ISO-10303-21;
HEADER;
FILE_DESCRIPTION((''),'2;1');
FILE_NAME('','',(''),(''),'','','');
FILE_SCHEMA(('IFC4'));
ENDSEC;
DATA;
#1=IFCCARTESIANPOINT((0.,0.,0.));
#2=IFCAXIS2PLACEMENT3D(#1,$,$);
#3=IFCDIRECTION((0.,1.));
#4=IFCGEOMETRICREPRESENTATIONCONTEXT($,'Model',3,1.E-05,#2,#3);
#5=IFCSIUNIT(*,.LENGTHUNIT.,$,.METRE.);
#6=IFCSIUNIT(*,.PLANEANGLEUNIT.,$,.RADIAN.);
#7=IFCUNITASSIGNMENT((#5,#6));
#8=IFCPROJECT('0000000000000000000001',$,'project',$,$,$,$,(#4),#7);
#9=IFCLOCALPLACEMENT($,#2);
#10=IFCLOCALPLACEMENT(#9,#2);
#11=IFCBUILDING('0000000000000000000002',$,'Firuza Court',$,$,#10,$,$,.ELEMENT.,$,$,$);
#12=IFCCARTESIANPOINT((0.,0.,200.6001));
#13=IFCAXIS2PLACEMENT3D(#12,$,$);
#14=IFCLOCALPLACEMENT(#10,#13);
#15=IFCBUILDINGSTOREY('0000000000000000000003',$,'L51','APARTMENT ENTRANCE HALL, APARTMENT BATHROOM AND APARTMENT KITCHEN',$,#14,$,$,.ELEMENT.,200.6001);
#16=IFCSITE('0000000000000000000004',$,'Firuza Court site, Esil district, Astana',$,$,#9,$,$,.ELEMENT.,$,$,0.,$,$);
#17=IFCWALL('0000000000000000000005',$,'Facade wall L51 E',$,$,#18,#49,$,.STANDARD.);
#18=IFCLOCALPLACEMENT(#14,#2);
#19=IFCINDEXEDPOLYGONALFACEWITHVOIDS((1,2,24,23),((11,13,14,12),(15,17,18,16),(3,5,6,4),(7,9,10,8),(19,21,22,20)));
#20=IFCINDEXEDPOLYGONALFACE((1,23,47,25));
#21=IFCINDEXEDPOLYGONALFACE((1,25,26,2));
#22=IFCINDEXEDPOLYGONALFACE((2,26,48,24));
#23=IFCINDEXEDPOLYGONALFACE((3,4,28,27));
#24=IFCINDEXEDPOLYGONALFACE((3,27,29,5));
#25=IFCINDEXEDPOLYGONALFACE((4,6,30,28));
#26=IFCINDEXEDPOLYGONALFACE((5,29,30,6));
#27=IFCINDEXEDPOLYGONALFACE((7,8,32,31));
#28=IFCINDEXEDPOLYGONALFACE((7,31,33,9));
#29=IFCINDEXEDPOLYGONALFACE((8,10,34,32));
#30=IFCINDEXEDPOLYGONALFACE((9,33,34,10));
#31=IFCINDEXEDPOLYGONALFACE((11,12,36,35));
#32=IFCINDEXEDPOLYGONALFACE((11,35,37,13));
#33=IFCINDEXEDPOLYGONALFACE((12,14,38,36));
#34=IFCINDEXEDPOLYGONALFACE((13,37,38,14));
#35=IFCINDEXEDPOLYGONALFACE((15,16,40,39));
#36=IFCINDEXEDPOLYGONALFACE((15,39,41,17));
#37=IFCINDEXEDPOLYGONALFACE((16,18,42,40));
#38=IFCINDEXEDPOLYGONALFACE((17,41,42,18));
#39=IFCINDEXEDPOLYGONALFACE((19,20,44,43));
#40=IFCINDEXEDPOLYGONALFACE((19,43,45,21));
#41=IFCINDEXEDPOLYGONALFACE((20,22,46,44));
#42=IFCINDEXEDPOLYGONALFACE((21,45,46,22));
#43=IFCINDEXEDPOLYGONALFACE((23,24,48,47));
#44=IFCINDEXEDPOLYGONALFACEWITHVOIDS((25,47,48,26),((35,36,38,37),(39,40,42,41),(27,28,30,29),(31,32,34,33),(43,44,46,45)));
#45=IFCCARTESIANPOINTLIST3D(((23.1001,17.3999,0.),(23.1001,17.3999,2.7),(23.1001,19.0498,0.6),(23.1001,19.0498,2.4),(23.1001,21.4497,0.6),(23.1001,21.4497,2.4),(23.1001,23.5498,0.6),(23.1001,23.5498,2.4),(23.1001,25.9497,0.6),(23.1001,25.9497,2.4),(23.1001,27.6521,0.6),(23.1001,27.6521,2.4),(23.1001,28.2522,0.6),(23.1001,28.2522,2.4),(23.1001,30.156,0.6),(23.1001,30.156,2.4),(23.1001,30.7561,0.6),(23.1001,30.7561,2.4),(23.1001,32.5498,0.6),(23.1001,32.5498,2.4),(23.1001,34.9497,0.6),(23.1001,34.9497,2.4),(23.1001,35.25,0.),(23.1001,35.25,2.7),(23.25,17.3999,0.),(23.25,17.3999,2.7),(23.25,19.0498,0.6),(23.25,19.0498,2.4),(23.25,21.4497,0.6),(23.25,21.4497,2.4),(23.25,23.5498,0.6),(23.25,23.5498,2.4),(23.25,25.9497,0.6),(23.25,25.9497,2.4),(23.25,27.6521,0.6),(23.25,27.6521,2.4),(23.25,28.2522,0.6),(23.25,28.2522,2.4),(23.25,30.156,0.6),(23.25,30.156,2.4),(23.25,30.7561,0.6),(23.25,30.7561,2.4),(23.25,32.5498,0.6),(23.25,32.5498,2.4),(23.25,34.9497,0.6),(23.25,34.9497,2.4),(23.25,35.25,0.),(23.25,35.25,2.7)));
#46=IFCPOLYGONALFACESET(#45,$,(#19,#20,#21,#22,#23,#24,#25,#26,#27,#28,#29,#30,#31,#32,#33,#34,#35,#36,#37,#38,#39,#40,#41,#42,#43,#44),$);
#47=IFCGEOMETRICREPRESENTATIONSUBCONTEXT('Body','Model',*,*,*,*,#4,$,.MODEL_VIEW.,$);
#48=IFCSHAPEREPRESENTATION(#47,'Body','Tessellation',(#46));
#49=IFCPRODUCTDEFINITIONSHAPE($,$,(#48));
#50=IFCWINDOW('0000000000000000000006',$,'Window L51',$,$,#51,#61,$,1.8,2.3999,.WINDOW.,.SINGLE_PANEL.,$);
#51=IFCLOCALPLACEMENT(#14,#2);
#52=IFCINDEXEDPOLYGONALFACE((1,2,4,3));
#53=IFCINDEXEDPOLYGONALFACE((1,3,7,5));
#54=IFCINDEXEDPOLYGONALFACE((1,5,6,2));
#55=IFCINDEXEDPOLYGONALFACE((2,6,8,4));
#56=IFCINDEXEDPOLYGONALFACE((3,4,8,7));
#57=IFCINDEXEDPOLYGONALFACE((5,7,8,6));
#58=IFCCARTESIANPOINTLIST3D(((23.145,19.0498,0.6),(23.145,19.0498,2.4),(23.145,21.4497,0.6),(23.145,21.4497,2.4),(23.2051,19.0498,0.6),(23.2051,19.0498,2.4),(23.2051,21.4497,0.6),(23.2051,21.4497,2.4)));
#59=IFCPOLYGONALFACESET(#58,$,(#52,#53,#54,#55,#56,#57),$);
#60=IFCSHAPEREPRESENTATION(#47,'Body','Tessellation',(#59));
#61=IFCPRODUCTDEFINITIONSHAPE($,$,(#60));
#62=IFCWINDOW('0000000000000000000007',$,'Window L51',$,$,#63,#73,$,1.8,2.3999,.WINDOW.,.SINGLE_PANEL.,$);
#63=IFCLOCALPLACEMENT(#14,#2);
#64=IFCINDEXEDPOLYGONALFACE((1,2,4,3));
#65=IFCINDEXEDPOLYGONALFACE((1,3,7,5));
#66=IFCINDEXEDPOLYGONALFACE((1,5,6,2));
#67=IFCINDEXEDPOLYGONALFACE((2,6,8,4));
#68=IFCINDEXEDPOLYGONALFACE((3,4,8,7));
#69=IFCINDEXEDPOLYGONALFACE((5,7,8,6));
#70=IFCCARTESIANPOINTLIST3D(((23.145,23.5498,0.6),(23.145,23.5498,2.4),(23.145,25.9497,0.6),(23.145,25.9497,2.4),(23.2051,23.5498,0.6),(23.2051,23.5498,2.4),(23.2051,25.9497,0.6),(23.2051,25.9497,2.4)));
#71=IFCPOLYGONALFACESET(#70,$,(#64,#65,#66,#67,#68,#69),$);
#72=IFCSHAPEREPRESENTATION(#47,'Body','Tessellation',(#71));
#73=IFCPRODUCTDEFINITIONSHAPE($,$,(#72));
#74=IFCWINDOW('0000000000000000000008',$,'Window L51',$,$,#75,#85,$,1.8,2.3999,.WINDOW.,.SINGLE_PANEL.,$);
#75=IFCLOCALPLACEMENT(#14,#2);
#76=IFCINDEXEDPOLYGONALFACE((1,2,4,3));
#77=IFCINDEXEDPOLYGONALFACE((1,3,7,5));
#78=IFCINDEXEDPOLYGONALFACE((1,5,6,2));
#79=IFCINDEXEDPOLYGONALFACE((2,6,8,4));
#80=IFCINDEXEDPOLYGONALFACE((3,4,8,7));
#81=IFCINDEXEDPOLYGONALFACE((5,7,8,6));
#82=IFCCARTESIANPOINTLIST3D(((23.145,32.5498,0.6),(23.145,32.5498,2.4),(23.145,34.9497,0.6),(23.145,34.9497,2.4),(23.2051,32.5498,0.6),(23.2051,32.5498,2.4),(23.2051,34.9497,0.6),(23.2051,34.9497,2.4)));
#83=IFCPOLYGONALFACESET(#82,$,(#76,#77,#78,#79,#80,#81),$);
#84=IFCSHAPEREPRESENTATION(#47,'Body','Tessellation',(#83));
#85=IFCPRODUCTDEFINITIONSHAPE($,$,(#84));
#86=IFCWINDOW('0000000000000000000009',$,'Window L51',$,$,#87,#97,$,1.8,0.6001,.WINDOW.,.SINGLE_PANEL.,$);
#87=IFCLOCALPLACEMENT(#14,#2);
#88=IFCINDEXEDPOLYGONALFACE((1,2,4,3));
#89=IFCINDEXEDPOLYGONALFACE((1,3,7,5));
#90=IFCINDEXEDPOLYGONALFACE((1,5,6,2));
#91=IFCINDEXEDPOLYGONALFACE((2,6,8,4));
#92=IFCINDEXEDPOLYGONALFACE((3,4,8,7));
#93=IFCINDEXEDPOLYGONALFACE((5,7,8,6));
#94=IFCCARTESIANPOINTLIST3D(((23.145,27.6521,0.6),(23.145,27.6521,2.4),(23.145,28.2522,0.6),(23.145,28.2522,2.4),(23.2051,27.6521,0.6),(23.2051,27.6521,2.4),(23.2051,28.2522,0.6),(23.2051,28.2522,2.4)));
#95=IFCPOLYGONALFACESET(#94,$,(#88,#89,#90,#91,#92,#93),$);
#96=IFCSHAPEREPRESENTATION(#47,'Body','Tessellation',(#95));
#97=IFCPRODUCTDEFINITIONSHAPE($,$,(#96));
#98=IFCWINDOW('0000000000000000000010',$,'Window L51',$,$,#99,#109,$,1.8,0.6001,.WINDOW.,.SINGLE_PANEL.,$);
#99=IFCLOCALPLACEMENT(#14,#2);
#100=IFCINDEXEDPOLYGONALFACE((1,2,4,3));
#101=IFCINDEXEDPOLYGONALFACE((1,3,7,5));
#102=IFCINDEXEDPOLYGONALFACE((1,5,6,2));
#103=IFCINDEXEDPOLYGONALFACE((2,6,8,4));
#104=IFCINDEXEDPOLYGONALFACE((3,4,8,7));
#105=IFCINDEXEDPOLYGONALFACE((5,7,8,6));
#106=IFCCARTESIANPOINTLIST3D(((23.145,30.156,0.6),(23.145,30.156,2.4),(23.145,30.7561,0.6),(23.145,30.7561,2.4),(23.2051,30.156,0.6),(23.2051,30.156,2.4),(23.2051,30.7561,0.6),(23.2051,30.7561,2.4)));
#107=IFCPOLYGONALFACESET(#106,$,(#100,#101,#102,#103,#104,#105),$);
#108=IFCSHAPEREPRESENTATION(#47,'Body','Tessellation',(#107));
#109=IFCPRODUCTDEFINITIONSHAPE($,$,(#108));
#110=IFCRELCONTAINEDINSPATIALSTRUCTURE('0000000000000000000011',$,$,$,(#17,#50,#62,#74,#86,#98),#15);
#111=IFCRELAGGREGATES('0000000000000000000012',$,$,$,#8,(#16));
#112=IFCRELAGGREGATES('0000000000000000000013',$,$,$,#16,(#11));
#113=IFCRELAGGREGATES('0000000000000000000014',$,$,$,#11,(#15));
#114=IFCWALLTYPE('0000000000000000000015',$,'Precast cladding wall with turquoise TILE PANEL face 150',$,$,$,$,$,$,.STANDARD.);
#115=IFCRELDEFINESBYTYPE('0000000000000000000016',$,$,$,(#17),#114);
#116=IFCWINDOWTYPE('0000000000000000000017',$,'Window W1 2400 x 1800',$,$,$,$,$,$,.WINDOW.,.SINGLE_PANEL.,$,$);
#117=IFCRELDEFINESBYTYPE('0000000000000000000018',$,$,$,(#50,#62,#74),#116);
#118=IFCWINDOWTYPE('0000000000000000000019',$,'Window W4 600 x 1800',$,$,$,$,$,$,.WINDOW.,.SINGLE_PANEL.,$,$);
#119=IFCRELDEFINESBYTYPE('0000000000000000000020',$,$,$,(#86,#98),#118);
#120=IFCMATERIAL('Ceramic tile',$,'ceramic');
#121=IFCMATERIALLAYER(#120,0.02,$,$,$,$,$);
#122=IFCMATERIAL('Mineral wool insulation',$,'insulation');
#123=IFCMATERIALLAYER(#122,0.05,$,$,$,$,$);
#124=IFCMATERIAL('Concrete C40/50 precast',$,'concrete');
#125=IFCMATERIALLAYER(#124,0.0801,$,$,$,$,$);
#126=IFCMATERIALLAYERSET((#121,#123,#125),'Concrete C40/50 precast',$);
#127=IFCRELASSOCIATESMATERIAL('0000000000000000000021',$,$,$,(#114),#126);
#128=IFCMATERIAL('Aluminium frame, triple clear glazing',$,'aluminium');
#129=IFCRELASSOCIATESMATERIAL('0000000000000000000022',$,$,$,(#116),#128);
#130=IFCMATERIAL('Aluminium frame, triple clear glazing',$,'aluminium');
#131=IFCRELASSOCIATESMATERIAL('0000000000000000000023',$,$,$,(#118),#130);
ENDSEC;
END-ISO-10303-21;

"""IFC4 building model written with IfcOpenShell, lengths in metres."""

from ifc_helpers import new_model, si_unit, direction, frame, frame_2d, origin, place, context, subcontext, project, spatial, rectangle, extrude, material, layer, layer_set, type_object, element, fill, save


model = new_model("IFC4")

# Units and contexts
model_context = context("Model", 3, precision=1e-05, world=origin(), true_north=direction((0.0, 1.0)))
body_context = subcontext(model_context, "Body", "Model", "MODEL_VIEW")
ifc_project = project(units=[si_unit("LENGTHUNIT", "METRE"), si_unit("PLANEANGLEUNIT", "RADIAN")], contexts=[model_context])

# Site, building, storey
site_placement = place(None, origin())
site = spatial("IfcSite", under=ifc_project, at=site_placement, Name="Firuza Court site, Esil district, Astana", CompositionType="ELEMENT", RefElevation=0.0)
building_placement = place(site_placement, origin())
building = spatial("IfcBuilding", under=site, at=building_placement, Name="Firuza Court", CompositionType="ELEMENT")
storey_placement = place(building_placement, frame((0.0, 0.0, 200.6001)))
storey = spatial("IfcBuildingStorey", under=building, at=storey_placement, Name="L51", Description="APARTMENT ENTRANCE HALL, APARTMENT BATHROOM AND APARTMENT KITCHEN", CompositionType="ELEMENT", Elevation=200.6001)

# Wall, openings, windows
ifc_material_1 = material(Name="Ceramic tile", Category="ceramic")
ifc_layer_1 = layer(ifc_material_1, 0.02)
ifc_material_2 = material(Name="Mineral wool insulation", Category="insulation")
ifc_layer_2 = layer(ifc_material_2, 0.05)
ifc_material_3 = material(Name="Concrete C40/50 precast", Category="concrete")
ifc_layer_3 = layer(ifc_material_3, 0.0801)
ifc_layer_set_1 = layer_set([ifc_layer_1, ifc_layer_2, ifc_layer_3], Name="Concrete C40/50 precast")
wall_type_1 = type_object("IfcWallType", Name="Precast cladding wall with turquoise TILE PANEL face 150", PredefinedType="STANDARD", material=ifc_layer_set_1)
wall_1_placement = place(storey_placement, frame((23.175, 17.3999, 0.0), z_axis=(0.0, 0.0, 1.0), x_axis=(0.0, 1.0, 0.0)))
wall_1 = element("IfcWall", 1, at=wall_1_placement, inside=storey, type_object=wall_type_1, Name="Facade wall L51 E", PredefinedType="STANDARD", context=body_context, shape_type="SweptSolid", body=[
    extrude(rectangle(XDim=17.8501, YDim=0.1499, at=frame_2d((8.925, 0.0))), origin(), (0.0, 0.0, 1.0), 2.7),
])
opening_1_placement = place(wall_1_placement, frame((1.6499, 0.0, 0.6001)))
opening_1 = element("IfcOpeningElement", 2, at=opening_1_placement, cuts=wall_1, PredefinedType="OPENING", context=body_context, shape_type="SweptSolid", body=[
    extrude(rectangle(XDim=2.3999, YDim=1.8, at=frame_2d((1.2, 0.8999))), frame((0.0, 0.0869, 0.0), z_axis=(0.0, -1.0, 0.0), x_axis=(1.0, 0.0, 0.0)), (0.0, 0.0, 1.0), 0.1738),
])
opening_2_placement = place(wall_1_placement, frame((6.1499, 0.0, 0.6001)))
opening_2 = element("IfcOpeningElement", 3, at=opening_2_placement, cuts=wall_1, PredefinedType="OPENING", context=body_context, shape_type="SweptSolid", body=[
    extrude(rectangle(XDim=2.3999, YDim=1.8, at=frame_2d((1.2, 0.8999))), frame((0.0, 0.0869, 0.0), z_axis=(0.0, -1.0, 0.0), x_axis=(1.0, 0.0, 0.0)), (0.0, 0.0, 1.0), 0.1738),
])
opening_3_placement = place(wall_1_placement, frame((10.2522, 0.0, 0.6001)))
opening_3 = element("IfcOpeningElement", 4, at=opening_3_placement, cuts=wall_1, PredefinedType="OPENING", context=body_context, shape_type="SweptSolid", body=[
    extrude(rectangle(XDim=0.6001, YDim=1.8, at=frame_2d((0.3, 0.8999))), frame((0.0, 0.0869, 0.0), z_axis=(0.0, -1.0, 0.0), x_axis=(1.0, 0.0, 0.0)), (0.0, 0.0, 1.0), 0.1738),
])
opening_4_placement = place(wall_1_placement, frame((12.7561, 0.0, 0.6001)))
opening_4 = element("IfcOpeningElement", 5, at=opening_4_placement, cuts=wall_1, PredefinedType="OPENING", context=body_context, shape_type="SweptSolid", body=[
    extrude(rectangle(XDim=0.6001, YDim=1.8, at=frame_2d((0.3, 0.8999))), frame((0.0, 0.0869, 0.0), z_axis=(0.0, -1.0, 0.0), x_axis=(1.0, 0.0, 0.0)), (0.0, 0.0, 1.0), 0.1738),
])
opening_5_placement = place(wall_1_placement, frame((15.1499, 0.0, 0.6001)))
opening_5 = element("IfcOpeningElement", 6, at=opening_5_placement, cuts=wall_1, PredefinedType="OPENING", context=body_context, shape_type="SweptSolid", body=[
    extrude(rectangle(XDim=2.3999, YDim=1.8, at=frame_2d((1.2, 0.8999))), frame((0.0, 0.0869, 0.0), z_axis=(0.0, -1.0, 0.0), x_axis=(1.0, 0.0, 0.0)), (0.0, 0.0, 1.0), 0.1738),
])
ifc_material_4 = material(Name="Aluminium frame, triple clear glazing", Category="aluminium")
window_type_1 = type_object("IfcWindowType", Name="Window W1 2400 x 1800", PartitioningType="SINGLE_PANEL", PredefinedType="WINDOW", material=ifc_material_4)
window_1_placement = place(opening_1_placement, origin())
window_1 = element("IfcWindow", 7, at=window_1_placement, inside=storey, type_object=window_type_1, Name="Window L51", OverallHeight=1.8, OverallWidth=2.3999, PartitioningType="SINGLE_PANEL", PredefinedType="WINDOW", context=body_context, shape_type="SweptSolid", body=[
    extrude(rectangle(XDim=2.3999, YDim=1.8, at=frame_2d((1.2, 0.8999))), frame((0.0, 0.03, 0.0), z_axis=(0.0, -1.0, 0.0), x_axis=(1.0, 0.0, 0.0)), (0.0, 0.0, 1.0), 0.0601),
])
fill(opening_1, window_1)
window_2_placement = place(opening_2_placement, origin())
window_2 = element("IfcWindow", 8, at=window_2_placement, inside=storey, type_object=window_type_1, Name="Window L51", OverallHeight=1.8, OverallWidth=2.3999, PartitioningType="SINGLE_PANEL", PredefinedType="WINDOW", context=body_context, shape_type="SweptSolid", body=[
    extrude(rectangle(XDim=2.3999, YDim=1.8, at=frame_2d((1.2, 0.8999))), frame((0.0, 0.03, 0.0), z_axis=(0.0, -1.0, 0.0), x_axis=(1.0, 0.0, 0.0)), (0.0, 0.0, 1.0), 0.0601),
])
fill(opening_2, window_2)
window_3_placement = place(opening_5_placement, origin())
window_3 = element("IfcWindow", 9, at=window_3_placement, inside=storey, type_object=window_type_1, Name="Window L51", OverallHeight=1.8, OverallWidth=2.3999, PartitioningType="SINGLE_PANEL", PredefinedType="WINDOW", context=body_context, shape_type="SweptSolid", body=[
    extrude(rectangle(XDim=2.3999, YDim=1.8, at=frame_2d((1.2, 0.8999))), frame((0.0, 0.03, 0.0), z_axis=(0.0, -1.0, 0.0), x_axis=(1.0, 0.0, 0.0)), (0.0, 0.0, 1.0), 0.0601),
])
fill(opening_5, window_3)
ifc_material_5 = material(Name="Aluminium frame, triple clear glazing", Category="aluminium")
window_type_2 = type_object("IfcWindowType", Name="Window W4 600 x 1800", PartitioningType="SINGLE_PANEL", PredefinedType="WINDOW", material=ifc_material_5)
window_4_placement = place(opening_3_placement, origin())
window_4 = element("IfcWindow", 10, at=window_4_placement, inside=storey, type_object=window_type_2, Name="Window L51", OverallHeight=1.8, OverallWidth=0.6001, PartitioningType="SINGLE_PANEL", PredefinedType="WINDOW", context=body_context, shape_type="SweptSolid", body=[
    extrude(rectangle(XDim=0.6001, YDim=1.8, at=frame_2d((0.3, 0.8999))), frame((0.0, 0.03, 0.0), z_axis=(0.0, -1.0, 0.0), x_axis=(1.0, 0.0, 0.0)), (0.0, 0.0, 1.0), 0.0601),
])
fill(opening_3, window_4)
window_5_placement = place(opening_4_placement, origin())
window_5 = element("IfcWindow", 11, at=window_5_placement, inside=storey, type_object=window_type_2, Name="Window L51", OverallHeight=1.8, OverallWidth=0.6001, PartitioningType="SINGLE_PANEL", PredefinedType="WINDOW", context=body_context, shape_type="SweptSolid", body=[
    extrude(rectangle(XDim=0.6001, YDim=1.8, at=frame_2d((0.3, 0.8999))), frame((0.0, 0.03, 0.0), z_axis=(0.0, -1.0, 0.0), x_axis=(1.0, 0.0, 0.0)), (0.0, 0.0, 1.0), 0.0601),
])
fill(opening_4, window_5)

save(model, "model.ifc")
